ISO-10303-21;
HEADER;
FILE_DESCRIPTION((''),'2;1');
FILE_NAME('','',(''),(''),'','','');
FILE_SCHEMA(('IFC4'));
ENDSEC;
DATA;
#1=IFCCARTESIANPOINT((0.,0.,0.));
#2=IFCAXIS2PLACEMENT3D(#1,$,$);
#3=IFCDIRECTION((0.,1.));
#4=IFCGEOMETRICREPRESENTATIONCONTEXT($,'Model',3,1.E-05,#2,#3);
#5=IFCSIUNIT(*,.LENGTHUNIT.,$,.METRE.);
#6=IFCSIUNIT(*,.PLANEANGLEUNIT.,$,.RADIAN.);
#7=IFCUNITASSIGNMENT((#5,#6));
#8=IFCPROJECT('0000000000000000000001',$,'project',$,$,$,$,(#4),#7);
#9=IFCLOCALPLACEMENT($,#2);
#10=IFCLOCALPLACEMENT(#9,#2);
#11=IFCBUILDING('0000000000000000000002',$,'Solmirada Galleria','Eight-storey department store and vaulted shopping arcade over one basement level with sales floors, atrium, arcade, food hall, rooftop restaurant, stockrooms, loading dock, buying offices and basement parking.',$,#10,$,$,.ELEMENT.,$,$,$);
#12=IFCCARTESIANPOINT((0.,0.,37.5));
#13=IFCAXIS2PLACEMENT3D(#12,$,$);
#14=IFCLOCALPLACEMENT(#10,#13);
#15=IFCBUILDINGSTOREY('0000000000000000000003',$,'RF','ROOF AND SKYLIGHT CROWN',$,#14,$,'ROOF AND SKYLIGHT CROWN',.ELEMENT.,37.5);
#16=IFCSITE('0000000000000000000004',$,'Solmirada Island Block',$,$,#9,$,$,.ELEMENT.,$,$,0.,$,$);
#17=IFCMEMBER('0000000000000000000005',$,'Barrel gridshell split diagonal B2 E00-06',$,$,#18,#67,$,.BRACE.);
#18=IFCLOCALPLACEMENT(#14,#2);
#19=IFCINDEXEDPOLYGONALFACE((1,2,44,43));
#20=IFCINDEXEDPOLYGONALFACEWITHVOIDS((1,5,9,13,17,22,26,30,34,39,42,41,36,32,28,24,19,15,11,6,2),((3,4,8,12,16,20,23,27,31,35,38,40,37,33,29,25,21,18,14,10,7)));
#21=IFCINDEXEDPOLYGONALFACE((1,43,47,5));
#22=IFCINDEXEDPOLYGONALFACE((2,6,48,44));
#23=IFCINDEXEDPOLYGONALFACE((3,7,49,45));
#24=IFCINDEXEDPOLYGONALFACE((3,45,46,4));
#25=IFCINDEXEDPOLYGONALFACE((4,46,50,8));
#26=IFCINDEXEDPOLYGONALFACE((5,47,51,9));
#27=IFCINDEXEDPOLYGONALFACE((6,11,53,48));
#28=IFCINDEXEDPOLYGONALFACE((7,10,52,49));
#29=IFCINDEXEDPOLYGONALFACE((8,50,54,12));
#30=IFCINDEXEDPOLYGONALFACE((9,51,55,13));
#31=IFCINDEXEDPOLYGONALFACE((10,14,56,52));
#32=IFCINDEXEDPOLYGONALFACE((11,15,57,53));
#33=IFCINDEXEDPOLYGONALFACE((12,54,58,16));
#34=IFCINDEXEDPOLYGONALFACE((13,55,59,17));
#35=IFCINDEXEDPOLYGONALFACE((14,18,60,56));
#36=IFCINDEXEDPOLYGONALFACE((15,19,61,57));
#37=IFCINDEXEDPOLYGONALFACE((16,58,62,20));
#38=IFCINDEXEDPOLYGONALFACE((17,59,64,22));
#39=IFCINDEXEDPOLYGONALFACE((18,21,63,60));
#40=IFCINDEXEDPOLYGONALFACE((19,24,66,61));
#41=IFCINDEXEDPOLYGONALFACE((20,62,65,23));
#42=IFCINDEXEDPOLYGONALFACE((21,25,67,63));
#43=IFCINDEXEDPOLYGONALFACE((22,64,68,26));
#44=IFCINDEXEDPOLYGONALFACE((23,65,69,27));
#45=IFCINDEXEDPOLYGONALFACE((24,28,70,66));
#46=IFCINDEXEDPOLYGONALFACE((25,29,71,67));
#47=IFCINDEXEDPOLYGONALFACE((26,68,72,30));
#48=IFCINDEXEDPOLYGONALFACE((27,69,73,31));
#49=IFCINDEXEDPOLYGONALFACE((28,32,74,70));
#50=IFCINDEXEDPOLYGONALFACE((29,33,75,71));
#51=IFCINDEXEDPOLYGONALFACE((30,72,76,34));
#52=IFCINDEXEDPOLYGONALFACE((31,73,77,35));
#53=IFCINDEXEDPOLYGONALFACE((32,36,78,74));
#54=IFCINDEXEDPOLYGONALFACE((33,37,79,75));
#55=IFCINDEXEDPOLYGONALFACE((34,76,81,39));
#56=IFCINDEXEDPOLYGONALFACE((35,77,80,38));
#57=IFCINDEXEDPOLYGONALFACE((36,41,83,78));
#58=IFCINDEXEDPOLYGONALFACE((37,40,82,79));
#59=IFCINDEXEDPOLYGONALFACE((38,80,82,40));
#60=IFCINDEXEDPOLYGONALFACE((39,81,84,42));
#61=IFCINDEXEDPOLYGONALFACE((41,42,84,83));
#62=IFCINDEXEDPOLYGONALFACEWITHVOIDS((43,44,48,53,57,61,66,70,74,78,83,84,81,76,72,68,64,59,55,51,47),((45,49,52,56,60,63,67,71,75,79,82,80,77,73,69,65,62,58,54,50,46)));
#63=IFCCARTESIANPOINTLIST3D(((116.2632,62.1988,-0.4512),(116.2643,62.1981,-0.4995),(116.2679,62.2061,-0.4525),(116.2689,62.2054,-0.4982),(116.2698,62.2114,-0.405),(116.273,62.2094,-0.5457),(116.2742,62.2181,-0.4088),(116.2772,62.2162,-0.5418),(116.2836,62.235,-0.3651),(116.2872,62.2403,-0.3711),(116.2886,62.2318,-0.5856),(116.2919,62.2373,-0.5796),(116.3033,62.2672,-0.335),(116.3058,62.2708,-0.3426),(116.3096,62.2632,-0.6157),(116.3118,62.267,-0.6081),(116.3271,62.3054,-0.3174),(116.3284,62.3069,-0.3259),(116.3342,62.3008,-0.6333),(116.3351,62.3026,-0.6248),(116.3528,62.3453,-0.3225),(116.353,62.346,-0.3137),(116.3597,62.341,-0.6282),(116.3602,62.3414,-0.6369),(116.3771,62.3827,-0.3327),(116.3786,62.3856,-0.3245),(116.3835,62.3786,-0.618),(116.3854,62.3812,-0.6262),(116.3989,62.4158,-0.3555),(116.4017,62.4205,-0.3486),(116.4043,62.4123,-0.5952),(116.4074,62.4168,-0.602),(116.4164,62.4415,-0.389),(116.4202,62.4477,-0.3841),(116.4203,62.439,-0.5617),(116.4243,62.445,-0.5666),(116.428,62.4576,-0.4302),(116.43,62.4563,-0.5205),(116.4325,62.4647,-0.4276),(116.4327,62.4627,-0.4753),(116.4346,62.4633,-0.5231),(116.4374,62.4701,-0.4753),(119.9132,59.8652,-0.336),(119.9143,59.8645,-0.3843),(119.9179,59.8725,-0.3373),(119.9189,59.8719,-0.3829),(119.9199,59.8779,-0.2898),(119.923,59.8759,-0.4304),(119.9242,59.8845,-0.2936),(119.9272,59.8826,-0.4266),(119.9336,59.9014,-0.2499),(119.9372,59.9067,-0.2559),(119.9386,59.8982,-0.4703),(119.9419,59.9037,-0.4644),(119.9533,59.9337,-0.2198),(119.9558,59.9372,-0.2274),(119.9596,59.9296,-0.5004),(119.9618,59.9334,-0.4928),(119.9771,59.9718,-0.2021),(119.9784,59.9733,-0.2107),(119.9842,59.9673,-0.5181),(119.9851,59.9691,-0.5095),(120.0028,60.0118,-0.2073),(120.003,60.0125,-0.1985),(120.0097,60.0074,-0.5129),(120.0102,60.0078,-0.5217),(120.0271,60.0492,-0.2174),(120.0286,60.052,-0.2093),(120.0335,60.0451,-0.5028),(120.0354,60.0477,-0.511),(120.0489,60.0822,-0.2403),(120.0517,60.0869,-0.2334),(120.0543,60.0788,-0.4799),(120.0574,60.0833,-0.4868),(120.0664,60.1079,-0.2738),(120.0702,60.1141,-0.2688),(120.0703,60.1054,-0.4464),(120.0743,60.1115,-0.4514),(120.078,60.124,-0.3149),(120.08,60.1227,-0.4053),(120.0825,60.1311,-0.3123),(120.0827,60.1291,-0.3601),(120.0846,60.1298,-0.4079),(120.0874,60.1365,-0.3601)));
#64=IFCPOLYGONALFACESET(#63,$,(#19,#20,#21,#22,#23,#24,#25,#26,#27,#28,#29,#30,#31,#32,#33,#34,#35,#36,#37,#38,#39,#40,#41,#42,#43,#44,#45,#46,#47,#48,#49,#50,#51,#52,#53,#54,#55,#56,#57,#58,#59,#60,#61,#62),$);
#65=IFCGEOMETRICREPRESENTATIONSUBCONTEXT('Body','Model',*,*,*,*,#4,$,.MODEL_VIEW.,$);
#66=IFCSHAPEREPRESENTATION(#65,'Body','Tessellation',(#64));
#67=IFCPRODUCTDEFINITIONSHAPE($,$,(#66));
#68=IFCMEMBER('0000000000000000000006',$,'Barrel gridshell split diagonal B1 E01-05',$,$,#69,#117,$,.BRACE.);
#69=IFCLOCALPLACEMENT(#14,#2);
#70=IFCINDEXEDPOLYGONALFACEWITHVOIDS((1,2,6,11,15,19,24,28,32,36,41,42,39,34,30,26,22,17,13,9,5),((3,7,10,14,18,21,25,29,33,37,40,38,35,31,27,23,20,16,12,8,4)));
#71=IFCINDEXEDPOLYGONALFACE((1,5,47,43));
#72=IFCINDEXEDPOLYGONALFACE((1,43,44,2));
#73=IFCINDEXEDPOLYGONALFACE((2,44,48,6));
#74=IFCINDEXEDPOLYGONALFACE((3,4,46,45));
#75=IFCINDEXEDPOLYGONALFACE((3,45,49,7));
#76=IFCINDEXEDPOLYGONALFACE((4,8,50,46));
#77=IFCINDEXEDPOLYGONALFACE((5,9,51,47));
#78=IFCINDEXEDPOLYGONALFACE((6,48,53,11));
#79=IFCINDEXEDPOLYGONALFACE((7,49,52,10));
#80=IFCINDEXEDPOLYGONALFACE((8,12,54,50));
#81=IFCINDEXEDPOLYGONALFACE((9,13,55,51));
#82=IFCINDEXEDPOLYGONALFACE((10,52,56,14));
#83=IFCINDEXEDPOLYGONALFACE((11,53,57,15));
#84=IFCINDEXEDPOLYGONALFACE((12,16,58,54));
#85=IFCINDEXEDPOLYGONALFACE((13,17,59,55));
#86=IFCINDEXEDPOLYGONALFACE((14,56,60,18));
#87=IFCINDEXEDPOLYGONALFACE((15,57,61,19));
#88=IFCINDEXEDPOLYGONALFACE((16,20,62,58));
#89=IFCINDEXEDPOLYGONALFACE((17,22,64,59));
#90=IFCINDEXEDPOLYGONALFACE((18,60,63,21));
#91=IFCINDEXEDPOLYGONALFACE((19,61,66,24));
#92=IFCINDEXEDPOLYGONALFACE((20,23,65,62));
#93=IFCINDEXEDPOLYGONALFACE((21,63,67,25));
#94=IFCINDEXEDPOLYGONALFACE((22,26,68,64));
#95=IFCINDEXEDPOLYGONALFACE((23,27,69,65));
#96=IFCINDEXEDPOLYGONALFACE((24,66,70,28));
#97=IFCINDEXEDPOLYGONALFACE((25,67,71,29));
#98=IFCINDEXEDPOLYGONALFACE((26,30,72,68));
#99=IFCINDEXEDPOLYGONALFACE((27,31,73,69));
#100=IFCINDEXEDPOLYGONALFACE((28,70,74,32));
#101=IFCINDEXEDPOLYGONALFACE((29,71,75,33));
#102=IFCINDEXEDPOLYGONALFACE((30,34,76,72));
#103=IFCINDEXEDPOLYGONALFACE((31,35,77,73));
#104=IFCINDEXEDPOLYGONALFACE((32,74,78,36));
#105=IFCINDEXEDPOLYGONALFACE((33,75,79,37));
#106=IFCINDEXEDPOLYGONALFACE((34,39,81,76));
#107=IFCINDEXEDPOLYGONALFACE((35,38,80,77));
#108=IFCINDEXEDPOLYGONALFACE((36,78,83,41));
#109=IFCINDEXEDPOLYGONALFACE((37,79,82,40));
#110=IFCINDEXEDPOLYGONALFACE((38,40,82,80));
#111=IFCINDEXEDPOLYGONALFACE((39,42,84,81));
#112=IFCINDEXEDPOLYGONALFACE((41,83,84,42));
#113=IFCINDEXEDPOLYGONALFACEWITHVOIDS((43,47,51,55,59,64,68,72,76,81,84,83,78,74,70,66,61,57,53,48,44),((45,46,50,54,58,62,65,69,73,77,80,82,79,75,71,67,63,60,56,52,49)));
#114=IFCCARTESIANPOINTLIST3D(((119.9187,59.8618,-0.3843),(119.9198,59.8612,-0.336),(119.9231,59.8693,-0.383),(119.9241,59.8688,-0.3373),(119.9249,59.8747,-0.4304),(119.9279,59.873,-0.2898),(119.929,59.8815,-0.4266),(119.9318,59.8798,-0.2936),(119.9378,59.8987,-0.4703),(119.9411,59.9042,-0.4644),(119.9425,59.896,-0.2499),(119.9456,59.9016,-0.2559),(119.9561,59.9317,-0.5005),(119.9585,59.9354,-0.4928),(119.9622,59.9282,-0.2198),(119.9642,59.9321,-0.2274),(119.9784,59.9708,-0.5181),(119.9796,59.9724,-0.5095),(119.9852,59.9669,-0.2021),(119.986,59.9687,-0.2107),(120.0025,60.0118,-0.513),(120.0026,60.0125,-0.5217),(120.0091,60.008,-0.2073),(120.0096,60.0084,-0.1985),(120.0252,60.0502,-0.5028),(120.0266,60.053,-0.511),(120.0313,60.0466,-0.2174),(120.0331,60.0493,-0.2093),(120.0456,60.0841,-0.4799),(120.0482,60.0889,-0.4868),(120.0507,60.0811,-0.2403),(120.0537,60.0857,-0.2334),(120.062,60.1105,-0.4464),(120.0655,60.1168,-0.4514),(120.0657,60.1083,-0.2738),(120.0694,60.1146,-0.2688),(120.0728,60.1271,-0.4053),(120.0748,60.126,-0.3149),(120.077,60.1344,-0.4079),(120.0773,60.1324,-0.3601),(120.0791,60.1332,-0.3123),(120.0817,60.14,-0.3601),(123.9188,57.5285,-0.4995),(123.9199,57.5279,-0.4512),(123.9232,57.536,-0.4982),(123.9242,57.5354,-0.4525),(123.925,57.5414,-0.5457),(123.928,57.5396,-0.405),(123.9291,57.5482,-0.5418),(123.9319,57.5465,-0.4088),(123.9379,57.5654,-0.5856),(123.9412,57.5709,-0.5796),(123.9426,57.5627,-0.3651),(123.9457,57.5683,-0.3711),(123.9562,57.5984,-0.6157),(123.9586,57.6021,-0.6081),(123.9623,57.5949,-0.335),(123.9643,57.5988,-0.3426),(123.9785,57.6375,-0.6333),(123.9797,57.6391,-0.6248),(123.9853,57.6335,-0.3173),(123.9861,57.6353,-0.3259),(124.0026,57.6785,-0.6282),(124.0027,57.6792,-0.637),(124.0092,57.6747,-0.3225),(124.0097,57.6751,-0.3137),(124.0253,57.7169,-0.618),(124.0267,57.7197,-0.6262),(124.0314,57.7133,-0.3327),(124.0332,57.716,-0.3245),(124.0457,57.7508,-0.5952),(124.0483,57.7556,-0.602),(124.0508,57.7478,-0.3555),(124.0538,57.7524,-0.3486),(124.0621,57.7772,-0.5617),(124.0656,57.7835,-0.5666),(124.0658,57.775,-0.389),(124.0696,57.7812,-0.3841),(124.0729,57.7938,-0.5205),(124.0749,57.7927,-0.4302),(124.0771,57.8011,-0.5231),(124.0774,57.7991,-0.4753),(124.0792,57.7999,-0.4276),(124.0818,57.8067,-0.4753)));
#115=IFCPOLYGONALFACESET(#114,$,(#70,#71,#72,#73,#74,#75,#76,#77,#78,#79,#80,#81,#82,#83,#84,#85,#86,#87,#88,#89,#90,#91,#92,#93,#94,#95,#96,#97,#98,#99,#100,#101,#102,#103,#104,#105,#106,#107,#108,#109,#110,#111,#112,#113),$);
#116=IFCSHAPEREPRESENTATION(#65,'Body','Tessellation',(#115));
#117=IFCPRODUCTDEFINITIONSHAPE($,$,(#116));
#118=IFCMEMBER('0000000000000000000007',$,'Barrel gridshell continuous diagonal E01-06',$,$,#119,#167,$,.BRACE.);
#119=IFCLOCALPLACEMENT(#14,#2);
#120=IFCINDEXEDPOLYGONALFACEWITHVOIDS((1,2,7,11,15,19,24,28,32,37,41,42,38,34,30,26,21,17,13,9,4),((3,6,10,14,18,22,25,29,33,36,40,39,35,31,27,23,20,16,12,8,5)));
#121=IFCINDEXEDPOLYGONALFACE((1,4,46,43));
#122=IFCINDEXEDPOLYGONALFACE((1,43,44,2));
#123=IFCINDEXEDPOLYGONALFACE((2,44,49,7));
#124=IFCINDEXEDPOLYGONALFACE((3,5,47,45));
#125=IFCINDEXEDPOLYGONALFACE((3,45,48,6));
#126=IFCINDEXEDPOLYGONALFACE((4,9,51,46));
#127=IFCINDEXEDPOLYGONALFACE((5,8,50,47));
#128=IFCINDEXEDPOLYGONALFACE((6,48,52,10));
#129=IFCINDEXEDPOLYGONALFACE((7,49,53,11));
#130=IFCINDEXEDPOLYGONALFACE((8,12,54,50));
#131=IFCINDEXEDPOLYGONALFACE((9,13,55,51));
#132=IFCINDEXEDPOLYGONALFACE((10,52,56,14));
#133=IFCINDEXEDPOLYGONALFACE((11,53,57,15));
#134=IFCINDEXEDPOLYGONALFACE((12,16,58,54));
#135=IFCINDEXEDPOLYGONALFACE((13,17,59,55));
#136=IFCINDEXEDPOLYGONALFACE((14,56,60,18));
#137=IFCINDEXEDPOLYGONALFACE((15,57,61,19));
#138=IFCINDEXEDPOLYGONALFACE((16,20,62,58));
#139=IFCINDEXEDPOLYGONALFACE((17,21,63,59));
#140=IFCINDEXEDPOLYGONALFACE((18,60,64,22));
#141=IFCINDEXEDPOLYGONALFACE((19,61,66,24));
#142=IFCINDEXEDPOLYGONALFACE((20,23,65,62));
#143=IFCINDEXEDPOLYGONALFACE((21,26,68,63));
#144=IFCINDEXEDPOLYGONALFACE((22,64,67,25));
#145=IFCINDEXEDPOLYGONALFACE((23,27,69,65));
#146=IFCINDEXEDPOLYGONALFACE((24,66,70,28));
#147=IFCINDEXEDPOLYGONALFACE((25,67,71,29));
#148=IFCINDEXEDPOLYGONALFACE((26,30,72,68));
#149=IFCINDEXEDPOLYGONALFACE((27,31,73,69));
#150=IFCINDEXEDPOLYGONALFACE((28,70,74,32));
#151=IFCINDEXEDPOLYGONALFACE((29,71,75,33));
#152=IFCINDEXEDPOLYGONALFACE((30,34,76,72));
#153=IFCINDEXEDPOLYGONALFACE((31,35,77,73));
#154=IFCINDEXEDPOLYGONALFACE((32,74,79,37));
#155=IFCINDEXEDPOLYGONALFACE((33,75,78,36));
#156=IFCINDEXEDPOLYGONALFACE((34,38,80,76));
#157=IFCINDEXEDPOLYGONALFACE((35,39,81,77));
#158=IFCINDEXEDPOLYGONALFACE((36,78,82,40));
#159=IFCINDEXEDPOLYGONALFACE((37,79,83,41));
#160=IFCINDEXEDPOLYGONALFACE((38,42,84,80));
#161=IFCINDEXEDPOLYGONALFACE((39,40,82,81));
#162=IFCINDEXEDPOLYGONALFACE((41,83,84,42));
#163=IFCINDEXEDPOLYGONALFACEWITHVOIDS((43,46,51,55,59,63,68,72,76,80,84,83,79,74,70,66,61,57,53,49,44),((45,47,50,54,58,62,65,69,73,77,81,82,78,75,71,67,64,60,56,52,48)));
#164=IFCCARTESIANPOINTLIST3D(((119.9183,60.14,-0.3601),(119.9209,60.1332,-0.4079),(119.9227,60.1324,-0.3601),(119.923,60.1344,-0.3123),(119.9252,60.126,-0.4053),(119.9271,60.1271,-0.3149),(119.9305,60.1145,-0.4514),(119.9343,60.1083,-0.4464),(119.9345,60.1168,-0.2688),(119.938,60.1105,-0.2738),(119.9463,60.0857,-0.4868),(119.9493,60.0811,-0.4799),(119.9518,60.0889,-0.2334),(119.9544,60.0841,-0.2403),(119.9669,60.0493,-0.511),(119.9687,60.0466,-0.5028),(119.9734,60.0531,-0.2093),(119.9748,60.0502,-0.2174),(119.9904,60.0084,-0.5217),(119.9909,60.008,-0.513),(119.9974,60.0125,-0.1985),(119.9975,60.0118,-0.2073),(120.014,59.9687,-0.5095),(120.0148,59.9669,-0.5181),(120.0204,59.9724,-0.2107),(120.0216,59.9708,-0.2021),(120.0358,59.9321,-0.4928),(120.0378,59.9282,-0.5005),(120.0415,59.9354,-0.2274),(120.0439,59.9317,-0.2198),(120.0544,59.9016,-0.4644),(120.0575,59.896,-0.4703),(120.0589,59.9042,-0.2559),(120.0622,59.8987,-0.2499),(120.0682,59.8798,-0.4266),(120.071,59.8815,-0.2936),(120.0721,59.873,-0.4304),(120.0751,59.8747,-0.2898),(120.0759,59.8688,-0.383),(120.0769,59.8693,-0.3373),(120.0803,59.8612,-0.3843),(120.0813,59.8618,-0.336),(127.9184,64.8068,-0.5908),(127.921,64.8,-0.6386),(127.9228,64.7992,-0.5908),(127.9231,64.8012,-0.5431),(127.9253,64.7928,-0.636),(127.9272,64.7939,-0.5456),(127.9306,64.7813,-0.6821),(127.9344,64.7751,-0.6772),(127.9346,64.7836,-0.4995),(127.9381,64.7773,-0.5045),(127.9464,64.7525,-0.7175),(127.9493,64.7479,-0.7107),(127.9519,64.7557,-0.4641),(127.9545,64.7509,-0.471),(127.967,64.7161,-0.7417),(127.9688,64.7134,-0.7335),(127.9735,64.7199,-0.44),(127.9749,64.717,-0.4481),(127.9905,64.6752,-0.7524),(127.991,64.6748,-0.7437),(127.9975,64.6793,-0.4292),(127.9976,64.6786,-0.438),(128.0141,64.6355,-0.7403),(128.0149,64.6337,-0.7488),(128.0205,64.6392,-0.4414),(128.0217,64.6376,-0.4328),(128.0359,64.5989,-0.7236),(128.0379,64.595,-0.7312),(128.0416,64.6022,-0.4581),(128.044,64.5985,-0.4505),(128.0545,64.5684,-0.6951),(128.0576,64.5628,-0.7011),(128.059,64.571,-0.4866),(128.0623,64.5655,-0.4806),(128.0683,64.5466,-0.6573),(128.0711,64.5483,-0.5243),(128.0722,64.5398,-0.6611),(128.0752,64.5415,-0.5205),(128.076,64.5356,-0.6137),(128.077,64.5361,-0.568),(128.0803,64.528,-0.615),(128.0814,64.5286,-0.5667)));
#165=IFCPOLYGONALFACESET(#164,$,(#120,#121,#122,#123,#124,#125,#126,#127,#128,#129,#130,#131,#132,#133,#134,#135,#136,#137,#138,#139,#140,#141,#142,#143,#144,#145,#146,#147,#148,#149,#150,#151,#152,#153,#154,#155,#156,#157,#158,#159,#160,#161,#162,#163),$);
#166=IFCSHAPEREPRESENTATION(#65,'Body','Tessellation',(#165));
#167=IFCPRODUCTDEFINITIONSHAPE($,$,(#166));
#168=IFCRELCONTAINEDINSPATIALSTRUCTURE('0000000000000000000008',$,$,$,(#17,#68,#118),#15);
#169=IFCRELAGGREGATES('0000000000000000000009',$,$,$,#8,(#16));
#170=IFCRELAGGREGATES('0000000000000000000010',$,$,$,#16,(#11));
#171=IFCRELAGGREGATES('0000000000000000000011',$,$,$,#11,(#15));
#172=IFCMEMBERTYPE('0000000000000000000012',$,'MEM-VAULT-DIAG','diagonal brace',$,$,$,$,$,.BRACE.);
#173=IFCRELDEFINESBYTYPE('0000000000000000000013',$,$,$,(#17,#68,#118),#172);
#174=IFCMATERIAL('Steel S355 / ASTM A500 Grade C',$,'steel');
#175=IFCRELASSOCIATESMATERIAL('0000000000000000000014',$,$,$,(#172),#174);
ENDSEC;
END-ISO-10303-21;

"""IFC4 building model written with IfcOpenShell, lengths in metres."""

from ifc_helpers import new_model, si_unit, direction, frame, origin, origin_2d, place, context, subcontext, project, spatial, hollow_circle, extrude, material, material_profile, profile_set, type_object, element, save


model = new_model("IFC4")

# Units and contexts
model_context = context("Model", 3, precision=1e-05, world=origin(), true_north=direction((0.0, 1.0)))
body_context = subcontext(model_context, "Body", "Model", "MODEL_VIEW")
ifc_project = project(units=[si_unit("LENGTHUNIT", "METRE"), si_unit("PLANEANGLEUNIT", "RADIAN")], contexts=[model_context])

# Site, building, storey
site_placement = place(None, origin())
site = spatial("IfcSite", under=ifc_project, at=site_placement, Name="Solmirada Island Block", CompositionType="ELEMENT", RefElevation=0.0)
building_placement = place(site_placement, origin())
building = spatial("IfcBuilding", under=site, at=building_placement, Name="Solmirada Galleria", Description="Eight-storey department store and vaulted shopping arcade over one basement level with sales floors, atrium, arcade, food hall, rooftop restaurant, stockrooms, loading dock, buying offices and basement parking.", CompositionType="ELEMENT")
storey_placement = place(building_placement, frame((0.0, 0.0, 37.5)))
storey = spatial("IfcBuildingStorey", under=building, at=storey_placement, Name="RF", Description="ROOF AND SKYLIGHT CROWN", LongName="ROOF AND SKYLIGHT CROWN", CompositionType="ELEMENT", Elevation=37.5)

# Members
ifc_material_1 = material(Name="Steel S355 / ASTM A500 Grade C", Category="steel")
ifc_material_profile_1 = material_profile(ifc_material_1, hollow_circle(Radius=0.1621, WallThickness=0.0088, at=origin_2d()), Name="HSS12.750X0.375")
ifc_profile_set_1 = profile_set([ifc_material_profile_1], Name="Steel S355 / ASTM A500 Grade C")
member_type_1 = type_object("IfcMemberType", Name="MEM-VAULT-DIAG", Description="diagonal brace", PredefinedType="BRACE", material=ifc_profile_set_1)
member_1_placement = place(storey_placement, frame((116.3501, 62.3335, -0.4753), z_axis=(0.842229, -0.538463, 0.026591), x_axis=(0.538654, 0.842527, 0.0)))
element("IfcMember", 1, at=member_1_placement, inside=storey, type_object=member_type_1, Name="Barrel gridshell split diagonal B2 E00-06", PredefinedType="BRACE", context=body_context, shape_type="SweptSolid", body=[
    extrude(hollow_circle(Radius=0.1621, WallThickness=0.0088, at=origin_2d()), origin(), (0.0, 0.0, 1.0), 4.3337),
])
member_2_placement = place(storey_placement, frame((120.0, 60.0, -0.3601), z_axis=(0.863519, -0.503702, -0.024877), x_axis=(0.503858, 0.863787, 0.0)))
element("IfcMember", 2, at=member_2_placement, inside=storey, type_object=member_type_1, Name="Barrel gridshell split diagonal B1 E01-05", PredefinedType="BRACE", context=body_context, shape_type="SweptSolid", body=[
    extrude(hollow_circle(Radius=0.1621, WallThickness=0.0088, at=origin_2d()), origin(), (0.0, 0.0, 1.0), 4.6323),
])
member_3_placement = place(storey_placement, frame((120.0, 60.0, -0.3601), z_axis=(0.863507, 0.503721, -0.024903), x_axis=(-0.503878, 0.863775, 0.0)))
element("IfcMember", 3, at=member_3_placement, inside=storey, type_object=member_type_1, Name="Barrel gridshell continuous diagonal E01-06", PredefinedType="BRACE", context=body_context, shape_type="SweptSolid", body=[
    extrude(hollow_circle(Radius=0.1621, WallThickness=0.0088, at=origin_2d()), origin(), (0.0, 0.0, 1.0), 9.2646),
])

save(model, "model.ifc")
